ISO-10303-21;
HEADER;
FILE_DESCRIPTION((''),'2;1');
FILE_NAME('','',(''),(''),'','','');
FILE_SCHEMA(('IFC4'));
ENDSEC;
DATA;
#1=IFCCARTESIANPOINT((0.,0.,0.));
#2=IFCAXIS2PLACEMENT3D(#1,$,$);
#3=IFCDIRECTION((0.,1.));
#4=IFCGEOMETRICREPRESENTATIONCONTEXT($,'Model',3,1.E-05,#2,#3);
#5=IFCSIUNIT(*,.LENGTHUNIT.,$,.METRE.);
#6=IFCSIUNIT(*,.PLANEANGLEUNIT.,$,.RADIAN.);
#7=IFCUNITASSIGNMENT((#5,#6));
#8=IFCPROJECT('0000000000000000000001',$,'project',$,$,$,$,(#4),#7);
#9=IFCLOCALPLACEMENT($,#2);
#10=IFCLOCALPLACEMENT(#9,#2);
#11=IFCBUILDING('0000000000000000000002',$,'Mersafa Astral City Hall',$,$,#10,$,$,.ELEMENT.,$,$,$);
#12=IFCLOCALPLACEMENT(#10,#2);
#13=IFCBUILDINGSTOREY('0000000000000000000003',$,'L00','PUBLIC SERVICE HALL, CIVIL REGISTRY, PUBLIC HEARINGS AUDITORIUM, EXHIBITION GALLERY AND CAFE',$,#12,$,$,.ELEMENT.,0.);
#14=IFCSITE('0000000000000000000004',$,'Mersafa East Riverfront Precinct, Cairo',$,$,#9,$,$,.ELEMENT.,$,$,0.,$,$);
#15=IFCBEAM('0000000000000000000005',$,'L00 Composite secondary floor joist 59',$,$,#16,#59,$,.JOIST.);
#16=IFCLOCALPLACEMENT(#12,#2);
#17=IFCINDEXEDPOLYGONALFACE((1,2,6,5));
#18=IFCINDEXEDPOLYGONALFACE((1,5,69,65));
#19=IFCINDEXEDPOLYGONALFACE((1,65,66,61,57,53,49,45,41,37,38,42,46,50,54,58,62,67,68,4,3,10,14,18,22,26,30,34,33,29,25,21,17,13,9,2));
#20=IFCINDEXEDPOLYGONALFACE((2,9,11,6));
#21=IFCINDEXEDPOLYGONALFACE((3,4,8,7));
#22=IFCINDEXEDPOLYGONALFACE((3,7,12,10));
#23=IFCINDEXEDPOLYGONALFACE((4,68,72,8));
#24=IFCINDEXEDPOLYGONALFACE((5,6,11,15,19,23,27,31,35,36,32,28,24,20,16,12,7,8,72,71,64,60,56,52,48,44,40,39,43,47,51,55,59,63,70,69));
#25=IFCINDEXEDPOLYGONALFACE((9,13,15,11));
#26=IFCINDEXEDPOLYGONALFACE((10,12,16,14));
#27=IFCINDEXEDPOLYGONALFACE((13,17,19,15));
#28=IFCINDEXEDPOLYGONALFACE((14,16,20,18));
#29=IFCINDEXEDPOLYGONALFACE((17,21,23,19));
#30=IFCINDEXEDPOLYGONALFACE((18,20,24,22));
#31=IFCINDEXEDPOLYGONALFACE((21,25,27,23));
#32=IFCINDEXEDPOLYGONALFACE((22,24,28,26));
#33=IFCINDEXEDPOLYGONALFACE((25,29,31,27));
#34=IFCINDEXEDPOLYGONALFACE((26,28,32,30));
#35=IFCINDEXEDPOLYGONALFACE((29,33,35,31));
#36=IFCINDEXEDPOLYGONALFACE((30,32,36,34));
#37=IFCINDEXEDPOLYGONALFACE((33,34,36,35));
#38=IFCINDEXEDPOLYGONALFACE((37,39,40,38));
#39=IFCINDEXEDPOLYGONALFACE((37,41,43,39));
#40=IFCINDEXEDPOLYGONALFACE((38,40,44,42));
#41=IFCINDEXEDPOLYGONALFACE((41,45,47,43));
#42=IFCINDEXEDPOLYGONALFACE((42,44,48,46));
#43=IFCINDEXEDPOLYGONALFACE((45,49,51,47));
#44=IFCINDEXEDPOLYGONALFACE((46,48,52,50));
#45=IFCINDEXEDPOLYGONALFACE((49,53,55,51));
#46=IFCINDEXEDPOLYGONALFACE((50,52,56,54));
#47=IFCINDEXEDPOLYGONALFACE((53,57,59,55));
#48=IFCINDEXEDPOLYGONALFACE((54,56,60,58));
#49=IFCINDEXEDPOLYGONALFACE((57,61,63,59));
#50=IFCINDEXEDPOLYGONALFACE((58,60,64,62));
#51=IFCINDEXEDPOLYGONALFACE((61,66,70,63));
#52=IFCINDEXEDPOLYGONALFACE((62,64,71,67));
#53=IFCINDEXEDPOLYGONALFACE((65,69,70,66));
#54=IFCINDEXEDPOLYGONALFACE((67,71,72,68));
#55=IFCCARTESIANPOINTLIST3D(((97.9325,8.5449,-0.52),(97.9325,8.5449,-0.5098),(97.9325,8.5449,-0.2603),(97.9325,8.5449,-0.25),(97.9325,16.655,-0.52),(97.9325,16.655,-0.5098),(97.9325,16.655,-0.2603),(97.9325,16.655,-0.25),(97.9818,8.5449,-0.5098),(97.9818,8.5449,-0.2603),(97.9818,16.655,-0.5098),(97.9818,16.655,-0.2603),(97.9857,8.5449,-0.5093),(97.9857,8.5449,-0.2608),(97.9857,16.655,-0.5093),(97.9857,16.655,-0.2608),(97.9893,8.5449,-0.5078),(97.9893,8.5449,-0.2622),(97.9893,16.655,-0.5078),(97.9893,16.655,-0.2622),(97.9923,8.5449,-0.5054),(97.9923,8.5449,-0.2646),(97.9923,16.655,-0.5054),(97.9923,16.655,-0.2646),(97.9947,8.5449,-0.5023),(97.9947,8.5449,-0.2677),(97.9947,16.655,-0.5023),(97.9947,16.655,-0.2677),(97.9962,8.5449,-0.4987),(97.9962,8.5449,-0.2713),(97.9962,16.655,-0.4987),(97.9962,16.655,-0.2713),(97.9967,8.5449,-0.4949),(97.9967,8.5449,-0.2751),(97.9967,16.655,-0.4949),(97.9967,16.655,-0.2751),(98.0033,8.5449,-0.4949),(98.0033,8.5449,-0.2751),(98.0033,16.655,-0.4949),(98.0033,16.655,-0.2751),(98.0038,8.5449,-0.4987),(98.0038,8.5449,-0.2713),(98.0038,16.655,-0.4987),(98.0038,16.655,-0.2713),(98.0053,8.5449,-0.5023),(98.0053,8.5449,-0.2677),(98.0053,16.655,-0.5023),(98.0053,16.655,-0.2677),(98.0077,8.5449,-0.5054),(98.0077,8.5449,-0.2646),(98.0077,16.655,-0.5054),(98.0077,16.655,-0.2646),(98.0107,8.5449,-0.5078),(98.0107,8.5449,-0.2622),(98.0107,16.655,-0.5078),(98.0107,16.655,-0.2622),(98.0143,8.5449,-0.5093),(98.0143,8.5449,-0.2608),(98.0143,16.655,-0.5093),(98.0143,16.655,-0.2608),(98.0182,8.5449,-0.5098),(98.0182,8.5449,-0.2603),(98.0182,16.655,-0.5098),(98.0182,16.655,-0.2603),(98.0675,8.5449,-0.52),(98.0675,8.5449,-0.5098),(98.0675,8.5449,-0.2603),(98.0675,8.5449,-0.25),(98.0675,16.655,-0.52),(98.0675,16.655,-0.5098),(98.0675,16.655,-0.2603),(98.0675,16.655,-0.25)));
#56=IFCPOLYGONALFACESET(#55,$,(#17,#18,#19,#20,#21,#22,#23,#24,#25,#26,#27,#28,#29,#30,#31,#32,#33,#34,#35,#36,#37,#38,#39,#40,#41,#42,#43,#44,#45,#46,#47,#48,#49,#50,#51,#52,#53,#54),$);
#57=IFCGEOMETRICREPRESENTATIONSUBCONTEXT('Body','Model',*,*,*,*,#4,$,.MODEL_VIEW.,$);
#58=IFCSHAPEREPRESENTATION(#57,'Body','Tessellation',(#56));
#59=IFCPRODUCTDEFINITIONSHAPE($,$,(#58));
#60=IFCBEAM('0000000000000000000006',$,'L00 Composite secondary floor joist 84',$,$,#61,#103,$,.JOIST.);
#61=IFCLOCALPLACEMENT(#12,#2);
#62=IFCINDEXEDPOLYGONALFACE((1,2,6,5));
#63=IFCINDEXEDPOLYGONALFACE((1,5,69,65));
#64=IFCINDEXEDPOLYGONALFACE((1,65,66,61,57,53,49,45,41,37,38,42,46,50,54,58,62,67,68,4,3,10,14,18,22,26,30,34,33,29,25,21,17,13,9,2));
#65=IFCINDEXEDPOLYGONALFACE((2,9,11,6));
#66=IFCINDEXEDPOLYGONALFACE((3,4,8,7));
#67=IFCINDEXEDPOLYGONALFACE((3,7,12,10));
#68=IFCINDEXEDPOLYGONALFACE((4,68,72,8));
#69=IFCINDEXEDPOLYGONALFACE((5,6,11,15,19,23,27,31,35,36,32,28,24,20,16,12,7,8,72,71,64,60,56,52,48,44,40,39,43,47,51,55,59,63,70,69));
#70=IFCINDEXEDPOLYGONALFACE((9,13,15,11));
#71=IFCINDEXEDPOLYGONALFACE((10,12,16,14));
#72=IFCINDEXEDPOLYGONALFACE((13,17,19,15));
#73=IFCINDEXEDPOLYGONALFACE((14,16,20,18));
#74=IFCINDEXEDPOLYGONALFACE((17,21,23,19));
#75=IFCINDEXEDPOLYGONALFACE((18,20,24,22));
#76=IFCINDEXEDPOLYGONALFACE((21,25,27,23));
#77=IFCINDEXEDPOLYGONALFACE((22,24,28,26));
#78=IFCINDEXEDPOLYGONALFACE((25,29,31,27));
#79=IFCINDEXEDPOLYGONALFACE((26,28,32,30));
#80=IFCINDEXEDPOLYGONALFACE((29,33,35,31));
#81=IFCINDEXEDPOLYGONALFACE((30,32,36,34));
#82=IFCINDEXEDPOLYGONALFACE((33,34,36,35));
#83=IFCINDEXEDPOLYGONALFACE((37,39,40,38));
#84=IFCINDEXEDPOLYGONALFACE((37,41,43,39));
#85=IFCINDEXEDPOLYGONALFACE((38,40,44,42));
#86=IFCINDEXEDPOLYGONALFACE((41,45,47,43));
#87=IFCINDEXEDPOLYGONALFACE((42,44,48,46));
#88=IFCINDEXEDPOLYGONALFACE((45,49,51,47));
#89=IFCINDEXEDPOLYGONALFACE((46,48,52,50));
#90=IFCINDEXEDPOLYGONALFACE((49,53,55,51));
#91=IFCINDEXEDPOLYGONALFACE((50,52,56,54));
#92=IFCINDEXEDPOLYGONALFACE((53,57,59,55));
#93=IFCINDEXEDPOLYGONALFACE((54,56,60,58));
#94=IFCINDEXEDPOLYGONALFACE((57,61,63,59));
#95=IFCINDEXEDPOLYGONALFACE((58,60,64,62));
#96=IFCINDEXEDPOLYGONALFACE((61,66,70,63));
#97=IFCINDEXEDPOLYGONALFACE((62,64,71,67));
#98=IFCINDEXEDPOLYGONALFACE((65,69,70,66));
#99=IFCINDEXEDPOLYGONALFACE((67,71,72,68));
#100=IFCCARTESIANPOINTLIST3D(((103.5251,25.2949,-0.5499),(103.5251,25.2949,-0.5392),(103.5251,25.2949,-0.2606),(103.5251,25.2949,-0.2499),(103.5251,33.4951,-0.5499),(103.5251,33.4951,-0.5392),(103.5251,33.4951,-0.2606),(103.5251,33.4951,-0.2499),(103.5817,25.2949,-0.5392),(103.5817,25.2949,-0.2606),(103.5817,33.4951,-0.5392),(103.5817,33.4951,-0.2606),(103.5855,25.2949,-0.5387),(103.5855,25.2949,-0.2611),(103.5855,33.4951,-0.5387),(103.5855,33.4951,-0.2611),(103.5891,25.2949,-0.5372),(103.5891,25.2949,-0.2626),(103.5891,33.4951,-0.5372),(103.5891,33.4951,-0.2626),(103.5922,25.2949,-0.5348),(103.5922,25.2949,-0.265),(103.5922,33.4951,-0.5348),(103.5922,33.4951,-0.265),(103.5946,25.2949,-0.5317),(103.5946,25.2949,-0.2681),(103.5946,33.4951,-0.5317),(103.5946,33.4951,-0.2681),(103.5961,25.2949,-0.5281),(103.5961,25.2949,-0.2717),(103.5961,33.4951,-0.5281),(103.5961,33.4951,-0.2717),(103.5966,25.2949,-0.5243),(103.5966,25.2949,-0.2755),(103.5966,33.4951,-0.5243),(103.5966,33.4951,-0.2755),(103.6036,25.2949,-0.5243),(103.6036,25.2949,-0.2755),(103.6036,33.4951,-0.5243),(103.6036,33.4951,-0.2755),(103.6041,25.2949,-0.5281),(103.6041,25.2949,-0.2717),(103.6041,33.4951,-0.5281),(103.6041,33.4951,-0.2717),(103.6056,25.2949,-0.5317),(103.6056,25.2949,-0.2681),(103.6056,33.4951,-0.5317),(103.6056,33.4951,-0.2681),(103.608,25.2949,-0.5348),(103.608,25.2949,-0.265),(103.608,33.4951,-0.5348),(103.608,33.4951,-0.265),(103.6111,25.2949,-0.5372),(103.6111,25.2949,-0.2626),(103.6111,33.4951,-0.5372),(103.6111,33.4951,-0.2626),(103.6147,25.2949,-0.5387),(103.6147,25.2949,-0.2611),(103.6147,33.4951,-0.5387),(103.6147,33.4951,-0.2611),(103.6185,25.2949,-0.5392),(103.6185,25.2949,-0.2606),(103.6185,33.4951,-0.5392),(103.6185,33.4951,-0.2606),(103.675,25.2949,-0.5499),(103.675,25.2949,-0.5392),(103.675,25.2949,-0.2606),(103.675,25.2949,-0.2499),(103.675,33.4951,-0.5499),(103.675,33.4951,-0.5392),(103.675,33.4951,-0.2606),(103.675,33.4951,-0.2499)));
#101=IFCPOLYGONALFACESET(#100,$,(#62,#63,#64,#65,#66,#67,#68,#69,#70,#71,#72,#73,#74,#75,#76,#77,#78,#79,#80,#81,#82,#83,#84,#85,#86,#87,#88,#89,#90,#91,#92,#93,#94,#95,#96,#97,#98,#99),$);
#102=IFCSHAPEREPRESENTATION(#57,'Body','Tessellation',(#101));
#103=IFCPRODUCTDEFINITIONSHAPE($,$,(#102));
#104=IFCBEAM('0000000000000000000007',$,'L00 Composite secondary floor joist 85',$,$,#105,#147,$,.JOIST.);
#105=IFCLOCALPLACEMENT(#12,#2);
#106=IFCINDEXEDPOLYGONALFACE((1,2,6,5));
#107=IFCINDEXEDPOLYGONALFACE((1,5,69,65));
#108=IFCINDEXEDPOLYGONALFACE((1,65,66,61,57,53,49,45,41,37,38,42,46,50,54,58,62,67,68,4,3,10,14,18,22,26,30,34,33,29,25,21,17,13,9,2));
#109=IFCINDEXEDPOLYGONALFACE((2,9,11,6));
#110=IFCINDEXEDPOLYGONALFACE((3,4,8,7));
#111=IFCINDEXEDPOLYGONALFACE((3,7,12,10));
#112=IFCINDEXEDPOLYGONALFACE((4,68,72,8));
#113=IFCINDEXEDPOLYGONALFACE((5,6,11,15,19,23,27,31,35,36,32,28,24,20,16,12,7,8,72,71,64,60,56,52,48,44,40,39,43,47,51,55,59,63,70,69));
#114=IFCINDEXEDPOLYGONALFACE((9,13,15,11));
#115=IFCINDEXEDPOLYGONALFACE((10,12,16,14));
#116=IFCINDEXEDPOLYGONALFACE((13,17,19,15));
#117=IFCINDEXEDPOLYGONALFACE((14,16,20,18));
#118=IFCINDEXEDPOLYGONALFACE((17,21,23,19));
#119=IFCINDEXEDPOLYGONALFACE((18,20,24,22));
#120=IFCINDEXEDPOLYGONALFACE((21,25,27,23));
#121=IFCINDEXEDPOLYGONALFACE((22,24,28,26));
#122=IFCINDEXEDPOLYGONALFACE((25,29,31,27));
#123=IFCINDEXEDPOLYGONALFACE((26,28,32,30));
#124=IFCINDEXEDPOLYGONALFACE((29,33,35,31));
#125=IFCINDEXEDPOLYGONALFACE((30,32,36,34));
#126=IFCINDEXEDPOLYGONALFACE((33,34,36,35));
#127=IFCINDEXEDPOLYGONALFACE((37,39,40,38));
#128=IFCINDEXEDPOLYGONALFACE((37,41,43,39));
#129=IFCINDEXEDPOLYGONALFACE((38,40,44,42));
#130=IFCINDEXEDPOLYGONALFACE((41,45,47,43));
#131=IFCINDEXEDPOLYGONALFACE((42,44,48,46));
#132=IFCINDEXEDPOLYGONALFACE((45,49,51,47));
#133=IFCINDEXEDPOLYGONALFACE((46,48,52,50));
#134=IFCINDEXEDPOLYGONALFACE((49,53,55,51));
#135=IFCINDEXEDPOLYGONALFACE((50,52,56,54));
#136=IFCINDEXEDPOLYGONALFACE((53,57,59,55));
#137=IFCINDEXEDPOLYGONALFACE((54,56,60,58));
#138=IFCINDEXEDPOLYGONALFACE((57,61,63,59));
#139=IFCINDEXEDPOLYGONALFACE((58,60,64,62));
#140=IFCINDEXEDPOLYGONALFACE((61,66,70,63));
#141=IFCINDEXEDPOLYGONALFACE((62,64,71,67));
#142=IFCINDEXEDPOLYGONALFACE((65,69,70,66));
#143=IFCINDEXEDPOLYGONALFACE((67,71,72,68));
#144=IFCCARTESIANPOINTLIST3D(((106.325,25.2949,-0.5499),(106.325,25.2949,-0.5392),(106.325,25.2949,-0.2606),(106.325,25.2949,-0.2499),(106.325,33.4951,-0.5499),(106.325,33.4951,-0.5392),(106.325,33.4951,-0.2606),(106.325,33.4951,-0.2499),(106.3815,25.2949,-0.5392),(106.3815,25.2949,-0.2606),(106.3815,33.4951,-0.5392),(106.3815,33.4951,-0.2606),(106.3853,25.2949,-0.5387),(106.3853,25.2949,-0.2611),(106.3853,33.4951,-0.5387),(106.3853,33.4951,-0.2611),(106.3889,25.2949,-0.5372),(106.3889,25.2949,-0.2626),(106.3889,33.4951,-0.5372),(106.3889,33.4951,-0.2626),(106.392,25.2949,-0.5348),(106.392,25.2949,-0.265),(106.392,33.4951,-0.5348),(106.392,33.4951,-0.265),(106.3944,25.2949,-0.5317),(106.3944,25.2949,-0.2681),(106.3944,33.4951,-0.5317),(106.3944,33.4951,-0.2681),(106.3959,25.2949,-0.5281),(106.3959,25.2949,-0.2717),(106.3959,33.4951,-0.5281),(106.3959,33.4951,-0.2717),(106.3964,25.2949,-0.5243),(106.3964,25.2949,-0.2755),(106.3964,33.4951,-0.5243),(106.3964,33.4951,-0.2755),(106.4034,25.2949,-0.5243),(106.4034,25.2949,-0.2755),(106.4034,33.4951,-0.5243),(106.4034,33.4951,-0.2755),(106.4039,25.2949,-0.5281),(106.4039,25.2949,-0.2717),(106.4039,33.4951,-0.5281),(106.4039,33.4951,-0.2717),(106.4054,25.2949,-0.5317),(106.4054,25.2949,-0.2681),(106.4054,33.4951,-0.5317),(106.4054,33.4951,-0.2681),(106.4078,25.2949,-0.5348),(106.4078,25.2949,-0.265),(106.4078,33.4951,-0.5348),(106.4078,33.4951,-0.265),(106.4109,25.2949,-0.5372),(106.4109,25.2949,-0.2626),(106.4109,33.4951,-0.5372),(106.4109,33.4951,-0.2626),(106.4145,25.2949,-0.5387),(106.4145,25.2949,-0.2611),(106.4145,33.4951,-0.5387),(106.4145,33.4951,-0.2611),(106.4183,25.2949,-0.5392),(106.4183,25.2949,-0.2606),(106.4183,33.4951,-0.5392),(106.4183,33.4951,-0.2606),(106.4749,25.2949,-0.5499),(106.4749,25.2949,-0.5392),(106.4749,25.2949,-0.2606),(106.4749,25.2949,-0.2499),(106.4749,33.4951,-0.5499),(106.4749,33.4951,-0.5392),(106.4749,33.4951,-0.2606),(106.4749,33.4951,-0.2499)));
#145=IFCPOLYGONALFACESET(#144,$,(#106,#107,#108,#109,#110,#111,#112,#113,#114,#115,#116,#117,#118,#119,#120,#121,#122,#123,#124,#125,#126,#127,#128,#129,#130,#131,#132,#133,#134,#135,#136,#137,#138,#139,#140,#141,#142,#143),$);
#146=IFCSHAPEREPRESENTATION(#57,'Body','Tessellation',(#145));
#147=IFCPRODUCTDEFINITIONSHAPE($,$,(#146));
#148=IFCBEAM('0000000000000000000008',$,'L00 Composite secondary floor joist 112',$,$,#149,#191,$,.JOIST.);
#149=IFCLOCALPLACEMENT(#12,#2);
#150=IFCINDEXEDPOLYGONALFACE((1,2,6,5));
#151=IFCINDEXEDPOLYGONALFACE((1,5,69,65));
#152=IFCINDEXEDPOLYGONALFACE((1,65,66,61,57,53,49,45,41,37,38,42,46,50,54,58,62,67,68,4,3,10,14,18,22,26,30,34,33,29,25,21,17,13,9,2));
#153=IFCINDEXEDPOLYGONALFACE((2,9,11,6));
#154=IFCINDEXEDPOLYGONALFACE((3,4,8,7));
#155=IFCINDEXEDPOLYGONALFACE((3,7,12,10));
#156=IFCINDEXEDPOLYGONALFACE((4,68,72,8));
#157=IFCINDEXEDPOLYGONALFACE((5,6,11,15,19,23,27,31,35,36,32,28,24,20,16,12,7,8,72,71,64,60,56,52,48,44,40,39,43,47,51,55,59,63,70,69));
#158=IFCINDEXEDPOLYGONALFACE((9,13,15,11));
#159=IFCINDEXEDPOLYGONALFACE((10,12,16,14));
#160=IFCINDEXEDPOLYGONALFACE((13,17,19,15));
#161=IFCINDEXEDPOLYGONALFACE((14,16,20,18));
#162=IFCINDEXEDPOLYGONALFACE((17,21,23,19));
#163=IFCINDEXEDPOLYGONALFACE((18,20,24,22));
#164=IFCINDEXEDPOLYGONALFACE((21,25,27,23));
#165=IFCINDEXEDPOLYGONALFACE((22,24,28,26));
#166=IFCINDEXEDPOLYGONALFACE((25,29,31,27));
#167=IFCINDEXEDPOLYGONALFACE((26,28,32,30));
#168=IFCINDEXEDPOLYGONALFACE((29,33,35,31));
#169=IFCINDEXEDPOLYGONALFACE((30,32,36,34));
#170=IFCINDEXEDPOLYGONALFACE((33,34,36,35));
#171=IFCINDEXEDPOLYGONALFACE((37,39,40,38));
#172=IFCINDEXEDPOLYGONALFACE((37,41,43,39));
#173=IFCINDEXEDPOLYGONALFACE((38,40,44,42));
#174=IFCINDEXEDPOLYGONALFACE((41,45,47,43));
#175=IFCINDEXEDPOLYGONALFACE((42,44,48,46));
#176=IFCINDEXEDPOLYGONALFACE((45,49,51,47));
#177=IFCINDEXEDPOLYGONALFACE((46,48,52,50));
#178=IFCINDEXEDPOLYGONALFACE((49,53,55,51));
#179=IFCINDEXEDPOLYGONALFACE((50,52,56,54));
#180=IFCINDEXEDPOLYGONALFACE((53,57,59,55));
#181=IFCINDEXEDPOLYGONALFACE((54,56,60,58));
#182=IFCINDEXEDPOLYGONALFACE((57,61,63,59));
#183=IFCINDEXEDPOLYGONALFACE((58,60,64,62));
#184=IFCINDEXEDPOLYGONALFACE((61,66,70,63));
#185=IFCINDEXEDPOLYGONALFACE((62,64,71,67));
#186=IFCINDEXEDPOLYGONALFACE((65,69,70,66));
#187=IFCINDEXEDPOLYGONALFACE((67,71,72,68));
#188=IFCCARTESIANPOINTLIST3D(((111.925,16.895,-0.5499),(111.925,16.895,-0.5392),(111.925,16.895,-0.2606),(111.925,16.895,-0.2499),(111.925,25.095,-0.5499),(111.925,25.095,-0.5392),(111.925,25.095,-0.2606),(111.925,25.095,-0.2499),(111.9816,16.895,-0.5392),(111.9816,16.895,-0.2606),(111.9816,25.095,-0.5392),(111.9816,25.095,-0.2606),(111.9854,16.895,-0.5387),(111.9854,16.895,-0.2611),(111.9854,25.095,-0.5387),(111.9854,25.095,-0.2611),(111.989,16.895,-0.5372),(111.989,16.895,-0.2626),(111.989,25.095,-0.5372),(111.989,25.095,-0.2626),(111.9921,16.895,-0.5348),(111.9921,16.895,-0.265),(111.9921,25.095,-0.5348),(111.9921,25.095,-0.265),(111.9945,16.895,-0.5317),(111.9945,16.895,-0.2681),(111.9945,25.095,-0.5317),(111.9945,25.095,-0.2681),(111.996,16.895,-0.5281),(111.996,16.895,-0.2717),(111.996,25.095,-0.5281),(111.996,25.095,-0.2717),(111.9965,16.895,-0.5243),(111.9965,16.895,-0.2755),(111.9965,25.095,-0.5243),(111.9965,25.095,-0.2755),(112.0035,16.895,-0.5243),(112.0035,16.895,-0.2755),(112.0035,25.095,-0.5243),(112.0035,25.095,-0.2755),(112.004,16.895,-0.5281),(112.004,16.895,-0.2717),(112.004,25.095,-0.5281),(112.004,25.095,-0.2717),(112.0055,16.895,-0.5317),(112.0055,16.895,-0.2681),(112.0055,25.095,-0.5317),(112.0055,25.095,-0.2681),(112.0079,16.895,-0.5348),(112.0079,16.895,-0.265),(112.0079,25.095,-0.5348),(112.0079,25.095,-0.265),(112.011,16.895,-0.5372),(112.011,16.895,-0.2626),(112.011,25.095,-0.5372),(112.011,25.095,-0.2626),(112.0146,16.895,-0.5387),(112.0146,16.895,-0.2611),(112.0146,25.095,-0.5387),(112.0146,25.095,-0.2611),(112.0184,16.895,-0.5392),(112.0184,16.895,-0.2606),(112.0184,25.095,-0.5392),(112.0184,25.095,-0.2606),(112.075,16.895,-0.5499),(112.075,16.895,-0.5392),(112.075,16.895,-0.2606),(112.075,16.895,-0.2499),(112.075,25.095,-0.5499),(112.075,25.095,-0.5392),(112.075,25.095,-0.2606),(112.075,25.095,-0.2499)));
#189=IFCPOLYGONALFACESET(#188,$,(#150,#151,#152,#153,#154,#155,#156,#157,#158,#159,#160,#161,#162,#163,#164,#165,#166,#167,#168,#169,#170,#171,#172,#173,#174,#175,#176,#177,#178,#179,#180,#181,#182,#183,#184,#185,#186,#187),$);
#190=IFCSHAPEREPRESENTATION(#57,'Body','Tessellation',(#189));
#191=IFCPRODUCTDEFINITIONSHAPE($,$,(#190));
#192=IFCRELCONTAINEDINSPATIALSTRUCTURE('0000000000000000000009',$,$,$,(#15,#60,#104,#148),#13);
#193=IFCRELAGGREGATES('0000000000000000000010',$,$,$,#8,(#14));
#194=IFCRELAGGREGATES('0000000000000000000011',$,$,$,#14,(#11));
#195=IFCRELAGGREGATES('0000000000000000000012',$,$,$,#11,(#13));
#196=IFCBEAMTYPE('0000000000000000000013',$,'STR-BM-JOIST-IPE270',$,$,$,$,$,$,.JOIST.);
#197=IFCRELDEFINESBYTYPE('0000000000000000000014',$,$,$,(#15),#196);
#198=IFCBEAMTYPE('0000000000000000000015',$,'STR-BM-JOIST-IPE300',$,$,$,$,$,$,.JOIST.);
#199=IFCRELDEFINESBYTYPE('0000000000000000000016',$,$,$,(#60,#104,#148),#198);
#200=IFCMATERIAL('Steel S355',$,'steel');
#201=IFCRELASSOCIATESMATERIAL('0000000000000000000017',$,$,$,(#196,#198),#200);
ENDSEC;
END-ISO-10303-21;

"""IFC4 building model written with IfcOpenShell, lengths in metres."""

from ifc_helpers import new_model, si_unit, direction, frame, origin, origin_2d, place, context, subcontext, project, spatial, i_section, extrude, material, material_profile, profile_set, type_object, element, save


model = new_model("IFC4")

# Units and contexts
model_context = context("Model", 3, precision=1e-05, world=origin(), true_north=direction((0.0, 1.0)))
body_context = subcontext(model_context, "Body", "Model", "MODEL_VIEW")
ifc_project = project(units=[si_unit("LENGTHUNIT", "METRE"), si_unit("PLANEANGLEUNIT", "RADIAN")], contexts=[model_context])

# Site, building, storey
site_placement = place(None, origin())
site = spatial("IfcSite", under=ifc_project, at=site_placement, Name="Mersafa East Riverfront Precinct, Cairo", CompositionType="ELEMENT", RefElevation=0.0)
building_placement = place(site_placement, origin())
building = spatial("IfcBuilding", under=site, at=building_placement, Name="Mersafa Astral City Hall", CompositionType="ELEMENT")
storey_placement = place(building_placement, origin())
storey = spatial("IfcBuildingStorey", under=building, at=storey_placement, Name="L00", Description="PUBLIC SERVICE HALL, CIVIL REGISTRY, PUBLIC HEARINGS AUDITORIUM, EXHIBITION GALLERY AND CAFE", CompositionType="ELEMENT", Elevation=0.0)

# Shared definitions
ifc_material_1 = material(Name="Steel S355", Category="steel")

# Beams
ifc_material_profile_1 = material_profile(ifc_material_1, i_section(OverallWidth=0.135, OverallDepth=0.27, WebThickness=0.0066, FlangeThickness=0.0103, FilletRadius=0.0149, at=origin_2d()), Name="IPE 270")
ifc_profile_set_1 = profile_set([ifc_material_profile_1], Name="Steel S355")
beam_type_1 = type_object("IfcBeamType", Name="STR-BM-JOIST-IPE270", PredefinedType="JOIST", material=ifc_profile_set_1)
beam_1_placement = place(storey_placement, frame((98.0, 8.5449, -0.385), z_axis=(0.0, 1.0, 0.0), x_axis=(-1.0, 0.0, 0.0)))
element("IfcBeam", 1, at=beam_1_placement, inside=storey, type_object=beam_type_1, Name="L00 Composite secondary floor joist 59", PredefinedType="JOIST", context=body_context, shape_type="SweptSolid", body=[
    extrude(i_section(OverallWidth=0.135, OverallDepth=0.27, WebThickness=0.0066, FlangeThickness=0.0103, FilletRadius=0.0149, at=origin_2d()), origin(), (0.0, 0.0, 1.0), 8.1101),
])
ifc_material_profile_2 = material_profile(ifc_material_1, i_section(OverallWidth=0.1499, OverallDepth=0.3, WebThickness=0.0071, FlangeThickness=0.0107, FilletRadius=0.0149, at=origin_2d()), Name="IPE 300")
ifc_profile_set_2 = profile_set([ifc_material_profile_2], Name="Steel S355")
beam_type_2 = type_object("IfcBeamType", Name="STR-BM-JOIST-IPE300", PredefinedType="JOIST", material=ifc_profile_set_2)
for number, where, z_axis, x_axis, name in (
    (2, (103.6001, 25.2949, -0.3999), (0.0, 1.0, 0.0), (-1.0, 0.0, 0.0), "L00 Composite secondary floor joist 84"),
    (3, (106.3999, 25.2949, -0.3999), (0.0, 1.0, 0.0), (-1.0, 0.0, 0.0), "L00 Composite secondary floor joist 85"),
):
    element("IfcBeam", number, at=place(storey_placement, frame(where, z_axis=z_axis, x_axis=x_axis)), inside=storey, type_object=beam_type_2, Name=name, PredefinedType="JOIST", context=body_context, shape_type="SweptSolid", body=[
        extrude(i_section(OverallWidth=0.1499, OverallDepth=0.3, WebThickness=0.0071, FlangeThickness=0.0107, FilletRadius=0.0149, at=origin_2d()), origin(), (0.0, 0.0, 1.0), 8.2002),
    ])
for number, where, z_axis, x_axis, name in (
    (4, (112.0, 16.895, -0.3999), (0.0, 1.0, 0.0), (-1.0, 0.0, 0.0), "L00 Composite secondary floor joist 112"),
):
    element("IfcBeam", number, at=place(storey_placement, frame(where, z_axis=z_axis, x_axis=x_axis)), inside=storey, type_object=beam_type_2, Name=name, PredefinedType="JOIST", context=body_context, shape_type="SweptSolid", body=[
        extrude(i_section(OverallWidth=0.1499, OverallDepth=0.3, WebThickness=0.0071, FlangeThickness=0.0107, FilletRadius=0.0149, at=origin_2d()), origin(), (0.0, 0.0, 1.0), 8.2),
    ])

save(model, "model.ifc")
